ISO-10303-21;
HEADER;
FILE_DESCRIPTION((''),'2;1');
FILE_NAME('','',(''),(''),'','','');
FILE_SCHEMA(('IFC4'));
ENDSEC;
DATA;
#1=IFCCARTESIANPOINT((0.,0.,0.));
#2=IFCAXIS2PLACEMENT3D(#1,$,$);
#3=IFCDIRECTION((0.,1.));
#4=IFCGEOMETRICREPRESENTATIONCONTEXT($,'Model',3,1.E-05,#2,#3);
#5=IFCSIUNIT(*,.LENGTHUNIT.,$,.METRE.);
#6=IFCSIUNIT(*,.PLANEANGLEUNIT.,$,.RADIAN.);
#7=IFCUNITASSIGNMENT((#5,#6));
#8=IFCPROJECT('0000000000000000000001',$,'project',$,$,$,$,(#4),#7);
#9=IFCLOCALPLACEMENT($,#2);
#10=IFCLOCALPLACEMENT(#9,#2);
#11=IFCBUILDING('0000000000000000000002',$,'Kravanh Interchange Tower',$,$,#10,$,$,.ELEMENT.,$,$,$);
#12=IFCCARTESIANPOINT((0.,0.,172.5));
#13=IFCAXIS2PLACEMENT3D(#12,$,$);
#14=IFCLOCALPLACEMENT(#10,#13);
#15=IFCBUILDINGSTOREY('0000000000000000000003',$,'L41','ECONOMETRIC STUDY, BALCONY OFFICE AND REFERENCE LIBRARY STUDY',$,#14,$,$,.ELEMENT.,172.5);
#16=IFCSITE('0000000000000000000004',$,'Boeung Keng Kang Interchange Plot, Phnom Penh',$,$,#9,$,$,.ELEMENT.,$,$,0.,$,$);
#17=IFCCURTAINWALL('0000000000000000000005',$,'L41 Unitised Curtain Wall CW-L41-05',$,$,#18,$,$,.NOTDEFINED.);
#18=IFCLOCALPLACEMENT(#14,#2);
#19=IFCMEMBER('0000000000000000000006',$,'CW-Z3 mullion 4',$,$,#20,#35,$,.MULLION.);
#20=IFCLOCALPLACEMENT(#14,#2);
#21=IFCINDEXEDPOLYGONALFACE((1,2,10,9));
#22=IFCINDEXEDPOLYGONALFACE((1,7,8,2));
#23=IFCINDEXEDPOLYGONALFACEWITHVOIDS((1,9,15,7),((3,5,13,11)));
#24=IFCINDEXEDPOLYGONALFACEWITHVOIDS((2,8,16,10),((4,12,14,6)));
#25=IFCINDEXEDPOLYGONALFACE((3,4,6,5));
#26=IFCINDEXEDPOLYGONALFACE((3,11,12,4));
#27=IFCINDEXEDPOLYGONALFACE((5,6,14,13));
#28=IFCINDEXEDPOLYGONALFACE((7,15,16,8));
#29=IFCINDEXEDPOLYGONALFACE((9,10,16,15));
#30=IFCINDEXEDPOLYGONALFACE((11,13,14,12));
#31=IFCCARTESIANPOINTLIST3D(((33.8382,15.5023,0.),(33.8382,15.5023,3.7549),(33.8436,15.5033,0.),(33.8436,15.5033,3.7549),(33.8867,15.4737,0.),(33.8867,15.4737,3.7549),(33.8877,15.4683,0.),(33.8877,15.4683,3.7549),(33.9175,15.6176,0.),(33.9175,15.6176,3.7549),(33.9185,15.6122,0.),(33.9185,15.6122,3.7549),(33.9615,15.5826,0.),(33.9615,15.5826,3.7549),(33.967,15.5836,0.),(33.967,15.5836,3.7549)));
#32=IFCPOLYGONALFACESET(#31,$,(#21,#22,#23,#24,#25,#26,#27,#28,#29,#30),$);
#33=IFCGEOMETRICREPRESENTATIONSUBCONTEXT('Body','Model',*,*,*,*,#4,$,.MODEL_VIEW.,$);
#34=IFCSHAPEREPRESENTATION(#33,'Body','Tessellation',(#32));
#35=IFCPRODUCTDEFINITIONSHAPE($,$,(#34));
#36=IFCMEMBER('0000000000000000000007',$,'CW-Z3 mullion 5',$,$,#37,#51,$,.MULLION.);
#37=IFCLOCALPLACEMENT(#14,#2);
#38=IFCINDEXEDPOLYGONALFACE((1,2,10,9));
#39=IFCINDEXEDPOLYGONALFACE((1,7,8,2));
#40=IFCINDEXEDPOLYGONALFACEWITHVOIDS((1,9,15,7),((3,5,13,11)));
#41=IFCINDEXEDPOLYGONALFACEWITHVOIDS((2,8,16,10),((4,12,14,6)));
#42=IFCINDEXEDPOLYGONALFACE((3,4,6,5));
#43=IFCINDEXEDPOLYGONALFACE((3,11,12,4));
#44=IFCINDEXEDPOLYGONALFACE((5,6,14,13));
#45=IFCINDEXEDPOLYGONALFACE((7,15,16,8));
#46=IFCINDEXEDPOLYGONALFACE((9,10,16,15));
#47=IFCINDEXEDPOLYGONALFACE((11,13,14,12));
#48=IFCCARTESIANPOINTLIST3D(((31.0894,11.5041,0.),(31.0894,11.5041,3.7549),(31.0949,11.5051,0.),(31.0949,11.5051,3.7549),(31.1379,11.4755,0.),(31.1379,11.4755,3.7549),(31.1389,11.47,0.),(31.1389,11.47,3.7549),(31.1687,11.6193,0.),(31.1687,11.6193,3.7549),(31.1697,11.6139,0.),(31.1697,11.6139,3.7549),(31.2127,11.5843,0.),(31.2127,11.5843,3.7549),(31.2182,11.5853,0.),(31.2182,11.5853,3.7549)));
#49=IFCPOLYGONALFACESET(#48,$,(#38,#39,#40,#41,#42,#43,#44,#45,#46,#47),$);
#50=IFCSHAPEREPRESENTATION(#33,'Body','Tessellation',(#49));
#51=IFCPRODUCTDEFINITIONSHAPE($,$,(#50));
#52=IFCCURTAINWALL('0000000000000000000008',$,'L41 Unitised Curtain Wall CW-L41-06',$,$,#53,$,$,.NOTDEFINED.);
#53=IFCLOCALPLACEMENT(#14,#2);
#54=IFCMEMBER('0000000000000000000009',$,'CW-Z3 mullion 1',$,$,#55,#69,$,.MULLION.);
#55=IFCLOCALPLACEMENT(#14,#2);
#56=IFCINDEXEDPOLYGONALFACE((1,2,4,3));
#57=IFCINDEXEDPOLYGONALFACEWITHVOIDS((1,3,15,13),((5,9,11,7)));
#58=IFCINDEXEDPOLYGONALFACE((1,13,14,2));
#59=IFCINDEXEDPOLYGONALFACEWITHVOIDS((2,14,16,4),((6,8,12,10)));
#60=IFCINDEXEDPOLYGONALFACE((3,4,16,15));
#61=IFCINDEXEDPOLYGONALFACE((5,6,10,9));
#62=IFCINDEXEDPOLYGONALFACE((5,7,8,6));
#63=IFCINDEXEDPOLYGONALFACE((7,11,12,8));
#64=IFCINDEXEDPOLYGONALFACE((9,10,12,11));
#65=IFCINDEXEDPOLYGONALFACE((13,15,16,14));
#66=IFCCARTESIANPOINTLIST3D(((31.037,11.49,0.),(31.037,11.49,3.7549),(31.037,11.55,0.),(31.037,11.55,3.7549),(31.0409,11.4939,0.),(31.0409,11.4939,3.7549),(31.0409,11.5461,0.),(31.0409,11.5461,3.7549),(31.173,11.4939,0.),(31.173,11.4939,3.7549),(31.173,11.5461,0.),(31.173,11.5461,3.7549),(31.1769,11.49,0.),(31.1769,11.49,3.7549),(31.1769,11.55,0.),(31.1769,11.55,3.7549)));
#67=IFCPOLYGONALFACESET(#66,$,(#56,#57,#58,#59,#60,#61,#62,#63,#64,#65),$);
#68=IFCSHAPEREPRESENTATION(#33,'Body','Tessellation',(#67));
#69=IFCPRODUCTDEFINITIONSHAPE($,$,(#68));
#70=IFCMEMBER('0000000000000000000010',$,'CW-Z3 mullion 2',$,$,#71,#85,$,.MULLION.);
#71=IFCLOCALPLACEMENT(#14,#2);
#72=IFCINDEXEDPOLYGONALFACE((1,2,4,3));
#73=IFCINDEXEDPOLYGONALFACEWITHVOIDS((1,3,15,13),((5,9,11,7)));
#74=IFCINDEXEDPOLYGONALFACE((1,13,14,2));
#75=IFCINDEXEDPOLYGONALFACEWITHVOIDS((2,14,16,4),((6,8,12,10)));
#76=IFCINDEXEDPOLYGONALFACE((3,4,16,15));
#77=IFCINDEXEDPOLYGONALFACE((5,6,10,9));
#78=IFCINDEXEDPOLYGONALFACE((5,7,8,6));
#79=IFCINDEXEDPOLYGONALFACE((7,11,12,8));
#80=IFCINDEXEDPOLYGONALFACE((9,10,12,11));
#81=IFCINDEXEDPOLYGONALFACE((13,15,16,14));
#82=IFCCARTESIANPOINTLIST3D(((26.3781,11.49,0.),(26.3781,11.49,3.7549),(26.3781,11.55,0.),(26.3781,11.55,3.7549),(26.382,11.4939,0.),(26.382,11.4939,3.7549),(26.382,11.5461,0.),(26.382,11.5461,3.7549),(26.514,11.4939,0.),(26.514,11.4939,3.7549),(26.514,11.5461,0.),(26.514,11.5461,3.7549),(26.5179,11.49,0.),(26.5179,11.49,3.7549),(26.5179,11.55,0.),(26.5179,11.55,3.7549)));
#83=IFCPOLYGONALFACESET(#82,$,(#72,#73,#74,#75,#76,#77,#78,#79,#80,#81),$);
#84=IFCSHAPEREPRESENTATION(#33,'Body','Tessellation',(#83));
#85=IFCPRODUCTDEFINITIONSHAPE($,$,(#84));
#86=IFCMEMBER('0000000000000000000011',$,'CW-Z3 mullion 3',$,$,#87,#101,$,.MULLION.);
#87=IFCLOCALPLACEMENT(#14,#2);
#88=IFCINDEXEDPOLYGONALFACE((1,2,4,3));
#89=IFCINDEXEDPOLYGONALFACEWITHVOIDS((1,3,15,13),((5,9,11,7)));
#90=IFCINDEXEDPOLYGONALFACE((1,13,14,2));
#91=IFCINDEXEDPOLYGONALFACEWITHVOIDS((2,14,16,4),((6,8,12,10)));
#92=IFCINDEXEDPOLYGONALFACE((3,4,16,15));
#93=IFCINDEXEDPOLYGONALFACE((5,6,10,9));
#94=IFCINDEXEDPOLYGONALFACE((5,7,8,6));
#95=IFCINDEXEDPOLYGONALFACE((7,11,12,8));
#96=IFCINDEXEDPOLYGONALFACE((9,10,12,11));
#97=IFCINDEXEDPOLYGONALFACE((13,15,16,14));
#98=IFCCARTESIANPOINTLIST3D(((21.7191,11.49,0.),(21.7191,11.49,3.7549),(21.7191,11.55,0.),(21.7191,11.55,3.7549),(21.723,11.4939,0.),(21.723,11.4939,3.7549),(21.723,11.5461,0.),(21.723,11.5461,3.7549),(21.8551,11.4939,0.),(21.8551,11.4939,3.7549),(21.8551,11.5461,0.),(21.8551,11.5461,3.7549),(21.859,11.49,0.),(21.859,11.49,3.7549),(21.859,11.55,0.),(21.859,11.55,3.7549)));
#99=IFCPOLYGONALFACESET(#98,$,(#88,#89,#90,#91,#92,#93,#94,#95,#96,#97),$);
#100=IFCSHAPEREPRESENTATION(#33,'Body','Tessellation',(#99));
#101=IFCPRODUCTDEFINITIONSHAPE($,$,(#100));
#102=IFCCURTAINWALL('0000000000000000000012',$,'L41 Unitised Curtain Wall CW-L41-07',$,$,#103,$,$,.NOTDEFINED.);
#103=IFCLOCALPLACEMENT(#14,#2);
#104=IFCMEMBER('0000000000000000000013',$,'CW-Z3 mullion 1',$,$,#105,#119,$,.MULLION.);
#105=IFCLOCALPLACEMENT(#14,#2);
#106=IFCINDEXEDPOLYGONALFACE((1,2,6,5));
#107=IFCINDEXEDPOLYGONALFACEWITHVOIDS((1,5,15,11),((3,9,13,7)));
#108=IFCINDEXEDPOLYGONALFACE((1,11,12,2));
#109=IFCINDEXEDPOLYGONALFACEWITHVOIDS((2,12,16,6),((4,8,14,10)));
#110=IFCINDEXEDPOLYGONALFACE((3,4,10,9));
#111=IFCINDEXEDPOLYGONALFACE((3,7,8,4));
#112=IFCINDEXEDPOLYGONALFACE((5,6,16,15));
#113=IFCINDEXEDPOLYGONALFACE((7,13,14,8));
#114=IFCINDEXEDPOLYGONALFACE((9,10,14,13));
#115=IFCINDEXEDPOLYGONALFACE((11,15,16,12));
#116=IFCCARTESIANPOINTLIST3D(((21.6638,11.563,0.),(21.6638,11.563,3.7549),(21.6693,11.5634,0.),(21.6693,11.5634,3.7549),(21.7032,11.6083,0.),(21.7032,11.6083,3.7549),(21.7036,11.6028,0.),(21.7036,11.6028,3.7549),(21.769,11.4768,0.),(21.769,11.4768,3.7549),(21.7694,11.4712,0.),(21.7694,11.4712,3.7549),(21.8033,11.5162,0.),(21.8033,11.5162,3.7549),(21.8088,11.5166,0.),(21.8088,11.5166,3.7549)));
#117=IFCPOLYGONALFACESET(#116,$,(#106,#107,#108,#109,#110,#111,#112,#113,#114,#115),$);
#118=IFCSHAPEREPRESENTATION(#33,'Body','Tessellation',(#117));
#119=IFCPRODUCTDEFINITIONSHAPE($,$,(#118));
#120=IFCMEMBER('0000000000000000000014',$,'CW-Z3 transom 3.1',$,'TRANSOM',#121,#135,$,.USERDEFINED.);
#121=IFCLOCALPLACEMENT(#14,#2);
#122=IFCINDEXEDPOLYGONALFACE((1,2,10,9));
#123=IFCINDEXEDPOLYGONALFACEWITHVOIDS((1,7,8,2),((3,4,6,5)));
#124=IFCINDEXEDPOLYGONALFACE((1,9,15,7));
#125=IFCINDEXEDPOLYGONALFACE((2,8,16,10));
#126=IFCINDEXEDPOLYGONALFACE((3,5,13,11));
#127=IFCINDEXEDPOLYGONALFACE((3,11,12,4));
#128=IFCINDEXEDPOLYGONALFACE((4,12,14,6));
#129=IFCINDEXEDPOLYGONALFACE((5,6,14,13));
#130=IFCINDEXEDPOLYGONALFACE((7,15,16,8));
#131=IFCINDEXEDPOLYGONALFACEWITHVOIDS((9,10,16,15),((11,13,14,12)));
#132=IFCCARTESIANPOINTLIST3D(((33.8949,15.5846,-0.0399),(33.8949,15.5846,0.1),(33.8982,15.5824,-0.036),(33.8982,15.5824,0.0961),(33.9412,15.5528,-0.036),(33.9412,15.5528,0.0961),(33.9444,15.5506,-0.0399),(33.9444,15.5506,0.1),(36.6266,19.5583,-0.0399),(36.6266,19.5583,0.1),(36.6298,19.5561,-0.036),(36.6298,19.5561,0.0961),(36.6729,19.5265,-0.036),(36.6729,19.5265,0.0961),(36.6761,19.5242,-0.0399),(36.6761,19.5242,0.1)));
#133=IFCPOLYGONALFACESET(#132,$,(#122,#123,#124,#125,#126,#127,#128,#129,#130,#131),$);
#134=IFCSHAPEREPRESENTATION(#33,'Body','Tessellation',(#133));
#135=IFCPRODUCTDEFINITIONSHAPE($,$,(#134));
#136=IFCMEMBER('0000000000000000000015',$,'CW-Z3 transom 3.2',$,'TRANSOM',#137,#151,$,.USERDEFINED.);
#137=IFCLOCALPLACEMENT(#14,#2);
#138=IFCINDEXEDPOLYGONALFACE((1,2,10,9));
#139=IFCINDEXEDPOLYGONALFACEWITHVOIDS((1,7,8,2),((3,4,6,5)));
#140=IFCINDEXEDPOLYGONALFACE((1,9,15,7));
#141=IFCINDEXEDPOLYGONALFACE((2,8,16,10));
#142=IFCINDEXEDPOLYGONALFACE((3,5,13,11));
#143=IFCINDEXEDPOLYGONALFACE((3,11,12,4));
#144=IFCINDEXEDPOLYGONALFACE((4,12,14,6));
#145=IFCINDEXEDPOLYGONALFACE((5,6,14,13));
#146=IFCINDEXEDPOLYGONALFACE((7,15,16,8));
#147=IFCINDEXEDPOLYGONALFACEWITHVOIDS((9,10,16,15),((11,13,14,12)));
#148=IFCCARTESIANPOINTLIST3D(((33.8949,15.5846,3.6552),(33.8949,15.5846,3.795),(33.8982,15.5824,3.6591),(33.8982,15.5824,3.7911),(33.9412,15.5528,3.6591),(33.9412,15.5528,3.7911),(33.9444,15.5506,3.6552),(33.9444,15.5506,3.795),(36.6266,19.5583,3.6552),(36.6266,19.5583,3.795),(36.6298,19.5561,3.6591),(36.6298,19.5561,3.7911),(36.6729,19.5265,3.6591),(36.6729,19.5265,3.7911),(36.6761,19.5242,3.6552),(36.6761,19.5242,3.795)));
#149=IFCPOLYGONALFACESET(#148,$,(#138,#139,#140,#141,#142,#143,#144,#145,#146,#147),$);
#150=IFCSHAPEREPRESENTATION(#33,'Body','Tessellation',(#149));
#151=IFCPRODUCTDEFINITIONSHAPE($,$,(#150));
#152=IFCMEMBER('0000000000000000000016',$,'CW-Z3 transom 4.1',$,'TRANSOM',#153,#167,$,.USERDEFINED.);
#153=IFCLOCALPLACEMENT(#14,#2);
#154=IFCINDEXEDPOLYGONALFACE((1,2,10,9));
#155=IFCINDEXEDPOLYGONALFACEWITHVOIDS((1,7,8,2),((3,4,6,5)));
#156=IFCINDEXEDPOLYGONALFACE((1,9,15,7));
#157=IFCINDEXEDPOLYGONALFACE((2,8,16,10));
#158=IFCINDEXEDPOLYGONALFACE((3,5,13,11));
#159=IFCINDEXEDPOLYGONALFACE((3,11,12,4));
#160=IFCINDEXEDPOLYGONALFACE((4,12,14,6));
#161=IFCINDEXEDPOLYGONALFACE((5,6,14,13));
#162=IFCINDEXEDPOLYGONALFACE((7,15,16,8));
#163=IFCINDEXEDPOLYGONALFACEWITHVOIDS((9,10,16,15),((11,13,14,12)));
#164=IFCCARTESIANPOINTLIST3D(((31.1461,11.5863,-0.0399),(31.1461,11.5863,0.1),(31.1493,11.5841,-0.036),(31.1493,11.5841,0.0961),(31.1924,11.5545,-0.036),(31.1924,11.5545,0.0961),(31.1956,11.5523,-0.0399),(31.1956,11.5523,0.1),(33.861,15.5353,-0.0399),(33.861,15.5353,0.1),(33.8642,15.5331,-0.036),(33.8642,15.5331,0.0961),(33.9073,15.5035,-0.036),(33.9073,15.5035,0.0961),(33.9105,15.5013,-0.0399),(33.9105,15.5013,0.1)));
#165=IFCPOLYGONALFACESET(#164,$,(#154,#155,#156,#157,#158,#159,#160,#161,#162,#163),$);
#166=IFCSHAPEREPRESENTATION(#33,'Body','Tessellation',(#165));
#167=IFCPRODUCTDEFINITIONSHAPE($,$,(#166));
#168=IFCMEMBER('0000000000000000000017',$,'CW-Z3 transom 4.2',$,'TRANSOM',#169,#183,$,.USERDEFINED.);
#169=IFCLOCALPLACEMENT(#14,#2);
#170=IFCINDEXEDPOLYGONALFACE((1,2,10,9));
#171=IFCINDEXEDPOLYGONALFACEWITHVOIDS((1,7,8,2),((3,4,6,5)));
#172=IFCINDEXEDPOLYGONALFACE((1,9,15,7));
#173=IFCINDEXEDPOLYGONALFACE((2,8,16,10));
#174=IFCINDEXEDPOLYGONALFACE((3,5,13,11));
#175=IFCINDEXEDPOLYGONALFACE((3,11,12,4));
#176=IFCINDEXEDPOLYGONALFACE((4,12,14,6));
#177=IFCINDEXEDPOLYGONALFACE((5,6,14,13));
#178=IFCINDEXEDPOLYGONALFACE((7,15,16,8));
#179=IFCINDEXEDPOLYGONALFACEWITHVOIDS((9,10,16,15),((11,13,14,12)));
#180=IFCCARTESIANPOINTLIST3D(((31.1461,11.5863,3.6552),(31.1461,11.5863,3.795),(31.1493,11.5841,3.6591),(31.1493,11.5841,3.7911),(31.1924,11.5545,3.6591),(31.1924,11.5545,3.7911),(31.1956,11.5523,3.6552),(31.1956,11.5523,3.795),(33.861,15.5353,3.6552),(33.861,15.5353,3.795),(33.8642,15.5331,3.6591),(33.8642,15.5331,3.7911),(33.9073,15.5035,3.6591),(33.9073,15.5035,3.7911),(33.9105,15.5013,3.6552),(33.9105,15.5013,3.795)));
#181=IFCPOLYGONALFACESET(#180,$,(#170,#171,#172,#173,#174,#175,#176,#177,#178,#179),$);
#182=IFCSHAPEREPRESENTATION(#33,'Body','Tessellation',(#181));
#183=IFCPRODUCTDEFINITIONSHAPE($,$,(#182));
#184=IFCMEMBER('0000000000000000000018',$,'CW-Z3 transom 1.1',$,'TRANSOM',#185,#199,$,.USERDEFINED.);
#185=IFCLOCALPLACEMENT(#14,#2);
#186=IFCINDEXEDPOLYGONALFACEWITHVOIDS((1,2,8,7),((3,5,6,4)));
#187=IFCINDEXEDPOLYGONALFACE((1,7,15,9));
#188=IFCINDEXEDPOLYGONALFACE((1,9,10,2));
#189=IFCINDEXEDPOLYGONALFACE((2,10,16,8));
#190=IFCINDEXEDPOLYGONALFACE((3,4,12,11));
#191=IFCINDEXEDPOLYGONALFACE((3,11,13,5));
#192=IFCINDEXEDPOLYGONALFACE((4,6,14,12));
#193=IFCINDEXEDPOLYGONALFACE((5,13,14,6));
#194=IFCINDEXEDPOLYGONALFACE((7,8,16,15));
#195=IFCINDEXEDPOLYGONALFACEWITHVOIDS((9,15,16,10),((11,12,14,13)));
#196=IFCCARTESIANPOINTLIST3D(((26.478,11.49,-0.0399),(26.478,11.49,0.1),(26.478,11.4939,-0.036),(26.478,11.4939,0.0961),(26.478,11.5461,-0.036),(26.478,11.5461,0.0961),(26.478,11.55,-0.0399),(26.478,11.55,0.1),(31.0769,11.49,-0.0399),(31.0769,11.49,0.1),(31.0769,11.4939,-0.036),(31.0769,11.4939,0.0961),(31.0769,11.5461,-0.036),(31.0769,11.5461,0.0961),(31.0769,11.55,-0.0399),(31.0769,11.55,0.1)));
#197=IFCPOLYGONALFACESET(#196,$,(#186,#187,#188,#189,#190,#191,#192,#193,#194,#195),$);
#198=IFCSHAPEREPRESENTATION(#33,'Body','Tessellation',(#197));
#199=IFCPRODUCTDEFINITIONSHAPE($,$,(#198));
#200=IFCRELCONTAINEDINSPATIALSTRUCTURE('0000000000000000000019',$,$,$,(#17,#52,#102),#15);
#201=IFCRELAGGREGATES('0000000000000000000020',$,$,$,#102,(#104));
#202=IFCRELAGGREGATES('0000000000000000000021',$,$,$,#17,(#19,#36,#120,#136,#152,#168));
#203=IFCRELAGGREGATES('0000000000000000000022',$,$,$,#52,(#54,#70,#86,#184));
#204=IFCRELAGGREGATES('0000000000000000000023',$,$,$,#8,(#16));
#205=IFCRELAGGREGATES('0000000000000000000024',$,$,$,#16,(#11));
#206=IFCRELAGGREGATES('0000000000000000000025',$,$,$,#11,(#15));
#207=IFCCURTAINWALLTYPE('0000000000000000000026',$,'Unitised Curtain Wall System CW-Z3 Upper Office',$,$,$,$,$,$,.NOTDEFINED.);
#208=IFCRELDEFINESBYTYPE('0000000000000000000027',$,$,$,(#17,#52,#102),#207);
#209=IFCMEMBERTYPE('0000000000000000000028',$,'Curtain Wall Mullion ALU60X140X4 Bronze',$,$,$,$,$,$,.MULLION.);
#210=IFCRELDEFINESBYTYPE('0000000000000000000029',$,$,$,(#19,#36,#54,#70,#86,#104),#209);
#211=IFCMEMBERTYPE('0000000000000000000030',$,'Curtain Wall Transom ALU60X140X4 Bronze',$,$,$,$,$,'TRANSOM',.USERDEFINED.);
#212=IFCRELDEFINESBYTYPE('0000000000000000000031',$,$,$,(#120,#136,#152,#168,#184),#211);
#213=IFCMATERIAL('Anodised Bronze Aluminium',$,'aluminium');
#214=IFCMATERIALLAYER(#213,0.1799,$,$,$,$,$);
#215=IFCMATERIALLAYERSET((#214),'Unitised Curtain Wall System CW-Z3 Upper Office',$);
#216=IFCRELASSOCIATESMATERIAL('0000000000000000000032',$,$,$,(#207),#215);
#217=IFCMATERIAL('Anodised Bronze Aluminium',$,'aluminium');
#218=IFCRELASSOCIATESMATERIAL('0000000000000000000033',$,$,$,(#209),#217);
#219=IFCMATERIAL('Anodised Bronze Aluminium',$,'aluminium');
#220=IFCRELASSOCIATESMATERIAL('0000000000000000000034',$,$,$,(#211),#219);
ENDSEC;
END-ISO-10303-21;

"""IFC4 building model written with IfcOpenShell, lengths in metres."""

from ifc_helpers import new_model, si_unit, direction, frame, origin, origin_2d, place, context, subcontext, project, spatial, hollow_rectangle, extrude, material, layer, layer_set, material_profile, profile_set, type_object, element, aggregate, save


model = new_model("IFC4")

# Units and contexts
model_context = context("Model", 3, precision=1e-05, world=origin(), true_north=direction((0.0, 1.0)))
body_context = subcontext(model_context, "Body", "Model", "MODEL_VIEW")
ifc_project = project(units=[si_unit("LENGTHUNIT", "METRE"), si_unit("PLANEANGLEUNIT", "RADIAN")], contexts=[model_context])

# Site, building, storey
site_placement = place(None, origin())
site = spatial("IfcSite", under=ifc_project, at=site_placement, Name="Boeung Keng Kang Interchange Plot, Phnom Penh", CompositionType="ELEMENT", RefElevation=0.0)
building_placement = place(site_placement, origin())
building = spatial("IfcBuilding", under=site, at=building_placement, Name="Kravanh Interchange Tower", CompositionType="ELEMENT")
storey_placement = place(building_placement, frame((0.0, 0.0, 172.5)))
storey = spatial("IfcBuildingStorey", under=building, at=storey_placement, Name="L41", Description="ECONOMETRIC STUDY, BALCONY OFFICE AND REFERENCE LIBRARY STUDY", CompositionType="ELEMENT", Elevation=172.5)

# Curtain walls, members
ifc_material_1 = material(Name="Anodised Bronze Aluminium", Category="aluminium")
ifc_layer_1 = layer(ifc_material_1, 0.1799)
ifc_layer_set_1 = layer_set([ifc_layer_1], Name="Unitised Curtain Wall System CW-Z3 Upper Office")
curtain_wall_type = type_object("IfcCurtainWallType", Name="Unitised Curtain Wall System CW-Z3 Upper Office", PredefinedType="NOTDEFINED", material=ifc_layer_set_1)
curtain_wall_1_placement = place(storey_placement, origin())
curtain_wall_1 = element("IfcCurtainWall", 1, at=curtain_wall_1_placement, inside=storey, type_object=curtain_wall_type, Name="L41 Unitised Curtain Wall CW-L41-05", PredefinedType="NOTDEFINED")
ifc_material_2 = material(Name="Anodised Bronze Aluminium", Category="aluminium")
ifc_material_profile_1 = material_profile(ifc_material_2, hollow_rectangle(XDim=0.0601, YDim=0.1399, WallThickness=0.0039, at=origin_2d()), Name="ALU60X140X4")
ifc_profile_set_1 = profile_set([ifc_material_profile_1], Name="Anodised Bronze Aluminium")
member_type_1 = type_object("IfcMemberType", Name="Curtain Wall Mullion ALU60X140X4 Bronze", PredefinedType="MULLION", material=ifc_profile_set_1)
member_1_placement = place(storey_placement, frame((33.9026, 15.543, 0.0), z_axis=(0.0, 0.0, 1.0), x_axis=(0.824042, -0.566528, 0.0)))
member_1 = element("IfcMember", 2, at=member_1_placement, type_object=member_type_1, Name="CW-Z3 mullion 4", PredefinedType="MULLION", context=body_context, shape_type="SweptSolid", body=[
    extrude(hollow_rectangle(XDim=0.0601, YDim=0.1399, WallThickness=0.0039, at=origin_2d()), origin(), (0.0, 0.0, 1.0), 3.7549),
])
member_2_placement = place(storey_placement, frame((31.1538, 11.5447, 0.0), z_axis=(0.0, 0.0, 1.0), x_axis=(0.824042, -0.566528, 0.0)))
member_2 = element("IfcMember", 3, at=member_2_placement, type_object=member_type_1, Name="CW-Z3 mullion 5", PredefinedType="MULLION", context=body_context, shape_type="SweptSolid", body=[
    extrude(hollow_rectangle(XDim=0.0601, YDim=0.1399, WallThickness=0.0039, at=origin_2d()), origin(), (0.0, 0.0, 1.0), 3.7549),
])
curtain_wall_2_placement = place(storey_placement, origin())
curtain_wall_2 = element("IfcCurtainWall", 4, at=curtain_wall_2_placement, inside=storey, type_object=curtain_wall_type, Name="L41 Unitised Curtain Wall CW-L41-06", PredefinedType="NOTDEFINED")
member_3_placement = place(storey_placement, frame((31.1069, 11.52, 0.0), z_axis=(0.0, 0.0, 1.0), x_axis=(0.0, -1.0, 0.0)))
member_3 = element("IfcMember", 5, at=member_3_placement, type_object=member_type_1, Name="CW-Z3 mullion 1", PredefinedType="MULLION", context=body_context, shape_type="SweptSolid", body=[
    extrude(hollow_rectangle(XDim=0.0601, YDim=0.1399, WallThickness=0.0039, at=origin_2d()), origin(), (0.0, 0.0, 1.0), 3.7549),
])
member_4_placement = place(storey_placement, frame((26.448, 11.52, 0.0), z_axis=(0.0, 0.0, 1.0), x_axis=(0.0, -1.0, 0.0)))
member_4 = element("IfcMember", 6, at=member_4_placement, type_object=member_type_1, Name="CW-Z3 mullion 2", PredefinedType="MULLION", context=body_context, shape_type="SweptSolid", body=[
    extrude(hollow_rectangle(XDim=0.0601, YDim=0.1399, WallThickness=0.0039, at=origin_2d()), origin(), (0.0, 0.0, 1.0), 3.7549),
])
member_5_placement = place(storey_placement, frame((21.7891, 11.52, 0.0), z_axis=(0.0, 0.0, 1.0), x_axis=(0.0, -1.0, 0.0)))
member_5 = element("IfcMember", 7, at=member_5_placement, type_object=member_type_1, Name="CW-Z3 mullion 3", PredefinedType="MULLION", context=body_context, shape_type="SweptSolid", body=[
    extrude(hollow_rectangle(XDim=0.0601, YDim=0.1399, WallThickness=0.0039, at=origin_2d()), origin(), (0.0, 0.0, 1.0), 3.7549),
])

# Curtain wall, member
curtain_wall_3_placement = place(storey_placement, origin())
curtain_wall_3 = element("IfcCurtainWall", 8, at=curtain_wall_3_placement, inside=storey, type_object=curtain_wall_type, Name="L41 Unitised Curtain Wall CW-L41-07", PredefinedType="NOTDEFINED")
member_6_placement = place(storey_placement, frame((21.7363, 11.5398, 0.0), z_axis=(0.0, 0.0, 1.0), x_axis=(-0.656051, -0.754717, 0.0)))
member_6 = element("IfcMember", 9, at=member_6_placement, type_object=member_type_1, Name="CW-Z3 mullion 1", PredefinedType="MULLION", context=body_context, shape_type="SweptSolid", body=[
    extrude(hollow_rectangle(XDim=0.0601, YDim=0.1399, WallThickness=0.0039, at=origin_2d()), origin(), (0.0, 0.0, 1.0), 3.7549),
])

# Members
ifc_material_3 = material(Name="Anodised Bronze Aluminium", Category="aluminium")
ifc_material_profile_2 = material_profile(ifc_material_3, hollow_rectangle(XDim=0.0601, YDim=0.1399, WallThickness=0.0039, at=origin_2d()), Name="ALU60X140X4")
ifc_profile_set_2 = profile_set([ifc_material_profile_2], Name="Anodised Bronze Aluminium")
member_type_2 = type_object("IfcMemberType", Name="Curtain Wall Transom ALU60X140X4 Bronze", ElementType="TRANSOM", PredefinedType="USERDEFINED", material=ifc_profile_set_2)
member_7_placement = place(storey_placement, frame((36.6514, 19.5413, 0.03), z_axis=(-0.566503, -0.82406, 0.0), x_axis=(0.82406, -0.566503, 0.0)))
member_7 = element("IfcMember", 10, at=member_7_placement, type_object=member_type_2, Name="CW-Z3 transom 3.1", ObjectType="TRANSOM", PredefinedType="USERDEFINED", context=body_context, shape_type="SweptSolid", body=[
    extrude(hollow_rectangle(XDim=0.0601, YDim=0.1399, WallThickness=0.0039, at=origin_2d()), origin(), (0.0, 0.0, 1.0), 4.822),
])
member_8_placement = place(storey_placement, frame((36.6514, 19.5413, 3.7251), z_axis=(-0.566503, -0.82406, 0.0), x_axis=(0.82406, -0.566503, 0.0)))
member_8 = element("IfcMember", 11, at=member_8_placement, type_object=member_type_2, Name="CW-Z3 transom 3.2", ObjectType="TRANSOM", PredefinedType="USERDEFINED", context=body_context, shape_type="SweptSolid", body=[
    extrude(hollow_rectangle(XDim=0.0601, YDim=0.1399, WallThickness=0.0039, at=origin_2d()), origin(), (0.0, 0.0, 1.0), 4.822),
])
member_9_placement = place(storey_placement, frame((33.8857, 15.5183, 0.03), z_axis=(-0.566518, -0.824049, 0.0), x_axis=(0.824049, -0.566518, 0.0)))
member_9 = element("IfcMember", 12, at=member_9_placement, type_object=member_type_2, Name="CW-Z3 transom 4.1", ObjectType="TRANSOM", PredefinedType="USERDEFINED", context=body_context, shape_type="SweptSolid", body=[
    extrude(hollow_rectangle(XDim=0.0601, YDim=0.1399, WallThickness=0.0039, at=origin_2d()), origin(), (0.0, 0.0, 1.0), 4.7922),
])
member_10_placement = place(storey_placement, frame((33.8857, 15.5183, 3.7251), z_axis=(-0.566518, -0.824049, 0.0), x_axis=(0.824049, -0.566518, 0.0)))
member_10 = element("IfcMember", 13, at=member_10_placement, type_object=member_type_2, Name="CW-Z3 transom 4.2", ObjectType="TRANSOM", PredefinedType="USERDEFINED", context=body_context, shape_type="SweptSolid", body=[
    extrude(hollow_rectangle(XDim=0.0601, YDim=0.1399, WallThickness=0.0039, at=origin_2d()), origin(), (0.0, 0.0, 1.0), 4.7922),
])
member_11_placement = place(storey_placement, frame((31.0769, 11.52, 0.03), z_axis=(-1.0, 0.0, 0.0), x_axis=(0.0, -1.0, 0.0)))
member_11 = element("IfcMember", 14, at=member_11_placement, type_object=member_type_2, Name="CW-Z3 transom 1.1", ObjectType="TRANSOM", PredefinedType="USERDEFINED", context=body_context, shape_type="SweptSolid", body=[
    extrude(hollow_rectangle(XDim=0.0601, YDim=0.1399, WallThickness=0.0039, at=origin_2d()), origin(), (0.0, 0.0, 1.0), 4.5989),
])
aggregate(curtain_wall_3, [member_6])

aggregate(curtain_wall_1, [member_1, member_2, member_7, member_8, member_9, member_10])
aggregate(curtain_wall_2, [member_3, member_4, member_5, member_11])

save(model, "model.ifc")
